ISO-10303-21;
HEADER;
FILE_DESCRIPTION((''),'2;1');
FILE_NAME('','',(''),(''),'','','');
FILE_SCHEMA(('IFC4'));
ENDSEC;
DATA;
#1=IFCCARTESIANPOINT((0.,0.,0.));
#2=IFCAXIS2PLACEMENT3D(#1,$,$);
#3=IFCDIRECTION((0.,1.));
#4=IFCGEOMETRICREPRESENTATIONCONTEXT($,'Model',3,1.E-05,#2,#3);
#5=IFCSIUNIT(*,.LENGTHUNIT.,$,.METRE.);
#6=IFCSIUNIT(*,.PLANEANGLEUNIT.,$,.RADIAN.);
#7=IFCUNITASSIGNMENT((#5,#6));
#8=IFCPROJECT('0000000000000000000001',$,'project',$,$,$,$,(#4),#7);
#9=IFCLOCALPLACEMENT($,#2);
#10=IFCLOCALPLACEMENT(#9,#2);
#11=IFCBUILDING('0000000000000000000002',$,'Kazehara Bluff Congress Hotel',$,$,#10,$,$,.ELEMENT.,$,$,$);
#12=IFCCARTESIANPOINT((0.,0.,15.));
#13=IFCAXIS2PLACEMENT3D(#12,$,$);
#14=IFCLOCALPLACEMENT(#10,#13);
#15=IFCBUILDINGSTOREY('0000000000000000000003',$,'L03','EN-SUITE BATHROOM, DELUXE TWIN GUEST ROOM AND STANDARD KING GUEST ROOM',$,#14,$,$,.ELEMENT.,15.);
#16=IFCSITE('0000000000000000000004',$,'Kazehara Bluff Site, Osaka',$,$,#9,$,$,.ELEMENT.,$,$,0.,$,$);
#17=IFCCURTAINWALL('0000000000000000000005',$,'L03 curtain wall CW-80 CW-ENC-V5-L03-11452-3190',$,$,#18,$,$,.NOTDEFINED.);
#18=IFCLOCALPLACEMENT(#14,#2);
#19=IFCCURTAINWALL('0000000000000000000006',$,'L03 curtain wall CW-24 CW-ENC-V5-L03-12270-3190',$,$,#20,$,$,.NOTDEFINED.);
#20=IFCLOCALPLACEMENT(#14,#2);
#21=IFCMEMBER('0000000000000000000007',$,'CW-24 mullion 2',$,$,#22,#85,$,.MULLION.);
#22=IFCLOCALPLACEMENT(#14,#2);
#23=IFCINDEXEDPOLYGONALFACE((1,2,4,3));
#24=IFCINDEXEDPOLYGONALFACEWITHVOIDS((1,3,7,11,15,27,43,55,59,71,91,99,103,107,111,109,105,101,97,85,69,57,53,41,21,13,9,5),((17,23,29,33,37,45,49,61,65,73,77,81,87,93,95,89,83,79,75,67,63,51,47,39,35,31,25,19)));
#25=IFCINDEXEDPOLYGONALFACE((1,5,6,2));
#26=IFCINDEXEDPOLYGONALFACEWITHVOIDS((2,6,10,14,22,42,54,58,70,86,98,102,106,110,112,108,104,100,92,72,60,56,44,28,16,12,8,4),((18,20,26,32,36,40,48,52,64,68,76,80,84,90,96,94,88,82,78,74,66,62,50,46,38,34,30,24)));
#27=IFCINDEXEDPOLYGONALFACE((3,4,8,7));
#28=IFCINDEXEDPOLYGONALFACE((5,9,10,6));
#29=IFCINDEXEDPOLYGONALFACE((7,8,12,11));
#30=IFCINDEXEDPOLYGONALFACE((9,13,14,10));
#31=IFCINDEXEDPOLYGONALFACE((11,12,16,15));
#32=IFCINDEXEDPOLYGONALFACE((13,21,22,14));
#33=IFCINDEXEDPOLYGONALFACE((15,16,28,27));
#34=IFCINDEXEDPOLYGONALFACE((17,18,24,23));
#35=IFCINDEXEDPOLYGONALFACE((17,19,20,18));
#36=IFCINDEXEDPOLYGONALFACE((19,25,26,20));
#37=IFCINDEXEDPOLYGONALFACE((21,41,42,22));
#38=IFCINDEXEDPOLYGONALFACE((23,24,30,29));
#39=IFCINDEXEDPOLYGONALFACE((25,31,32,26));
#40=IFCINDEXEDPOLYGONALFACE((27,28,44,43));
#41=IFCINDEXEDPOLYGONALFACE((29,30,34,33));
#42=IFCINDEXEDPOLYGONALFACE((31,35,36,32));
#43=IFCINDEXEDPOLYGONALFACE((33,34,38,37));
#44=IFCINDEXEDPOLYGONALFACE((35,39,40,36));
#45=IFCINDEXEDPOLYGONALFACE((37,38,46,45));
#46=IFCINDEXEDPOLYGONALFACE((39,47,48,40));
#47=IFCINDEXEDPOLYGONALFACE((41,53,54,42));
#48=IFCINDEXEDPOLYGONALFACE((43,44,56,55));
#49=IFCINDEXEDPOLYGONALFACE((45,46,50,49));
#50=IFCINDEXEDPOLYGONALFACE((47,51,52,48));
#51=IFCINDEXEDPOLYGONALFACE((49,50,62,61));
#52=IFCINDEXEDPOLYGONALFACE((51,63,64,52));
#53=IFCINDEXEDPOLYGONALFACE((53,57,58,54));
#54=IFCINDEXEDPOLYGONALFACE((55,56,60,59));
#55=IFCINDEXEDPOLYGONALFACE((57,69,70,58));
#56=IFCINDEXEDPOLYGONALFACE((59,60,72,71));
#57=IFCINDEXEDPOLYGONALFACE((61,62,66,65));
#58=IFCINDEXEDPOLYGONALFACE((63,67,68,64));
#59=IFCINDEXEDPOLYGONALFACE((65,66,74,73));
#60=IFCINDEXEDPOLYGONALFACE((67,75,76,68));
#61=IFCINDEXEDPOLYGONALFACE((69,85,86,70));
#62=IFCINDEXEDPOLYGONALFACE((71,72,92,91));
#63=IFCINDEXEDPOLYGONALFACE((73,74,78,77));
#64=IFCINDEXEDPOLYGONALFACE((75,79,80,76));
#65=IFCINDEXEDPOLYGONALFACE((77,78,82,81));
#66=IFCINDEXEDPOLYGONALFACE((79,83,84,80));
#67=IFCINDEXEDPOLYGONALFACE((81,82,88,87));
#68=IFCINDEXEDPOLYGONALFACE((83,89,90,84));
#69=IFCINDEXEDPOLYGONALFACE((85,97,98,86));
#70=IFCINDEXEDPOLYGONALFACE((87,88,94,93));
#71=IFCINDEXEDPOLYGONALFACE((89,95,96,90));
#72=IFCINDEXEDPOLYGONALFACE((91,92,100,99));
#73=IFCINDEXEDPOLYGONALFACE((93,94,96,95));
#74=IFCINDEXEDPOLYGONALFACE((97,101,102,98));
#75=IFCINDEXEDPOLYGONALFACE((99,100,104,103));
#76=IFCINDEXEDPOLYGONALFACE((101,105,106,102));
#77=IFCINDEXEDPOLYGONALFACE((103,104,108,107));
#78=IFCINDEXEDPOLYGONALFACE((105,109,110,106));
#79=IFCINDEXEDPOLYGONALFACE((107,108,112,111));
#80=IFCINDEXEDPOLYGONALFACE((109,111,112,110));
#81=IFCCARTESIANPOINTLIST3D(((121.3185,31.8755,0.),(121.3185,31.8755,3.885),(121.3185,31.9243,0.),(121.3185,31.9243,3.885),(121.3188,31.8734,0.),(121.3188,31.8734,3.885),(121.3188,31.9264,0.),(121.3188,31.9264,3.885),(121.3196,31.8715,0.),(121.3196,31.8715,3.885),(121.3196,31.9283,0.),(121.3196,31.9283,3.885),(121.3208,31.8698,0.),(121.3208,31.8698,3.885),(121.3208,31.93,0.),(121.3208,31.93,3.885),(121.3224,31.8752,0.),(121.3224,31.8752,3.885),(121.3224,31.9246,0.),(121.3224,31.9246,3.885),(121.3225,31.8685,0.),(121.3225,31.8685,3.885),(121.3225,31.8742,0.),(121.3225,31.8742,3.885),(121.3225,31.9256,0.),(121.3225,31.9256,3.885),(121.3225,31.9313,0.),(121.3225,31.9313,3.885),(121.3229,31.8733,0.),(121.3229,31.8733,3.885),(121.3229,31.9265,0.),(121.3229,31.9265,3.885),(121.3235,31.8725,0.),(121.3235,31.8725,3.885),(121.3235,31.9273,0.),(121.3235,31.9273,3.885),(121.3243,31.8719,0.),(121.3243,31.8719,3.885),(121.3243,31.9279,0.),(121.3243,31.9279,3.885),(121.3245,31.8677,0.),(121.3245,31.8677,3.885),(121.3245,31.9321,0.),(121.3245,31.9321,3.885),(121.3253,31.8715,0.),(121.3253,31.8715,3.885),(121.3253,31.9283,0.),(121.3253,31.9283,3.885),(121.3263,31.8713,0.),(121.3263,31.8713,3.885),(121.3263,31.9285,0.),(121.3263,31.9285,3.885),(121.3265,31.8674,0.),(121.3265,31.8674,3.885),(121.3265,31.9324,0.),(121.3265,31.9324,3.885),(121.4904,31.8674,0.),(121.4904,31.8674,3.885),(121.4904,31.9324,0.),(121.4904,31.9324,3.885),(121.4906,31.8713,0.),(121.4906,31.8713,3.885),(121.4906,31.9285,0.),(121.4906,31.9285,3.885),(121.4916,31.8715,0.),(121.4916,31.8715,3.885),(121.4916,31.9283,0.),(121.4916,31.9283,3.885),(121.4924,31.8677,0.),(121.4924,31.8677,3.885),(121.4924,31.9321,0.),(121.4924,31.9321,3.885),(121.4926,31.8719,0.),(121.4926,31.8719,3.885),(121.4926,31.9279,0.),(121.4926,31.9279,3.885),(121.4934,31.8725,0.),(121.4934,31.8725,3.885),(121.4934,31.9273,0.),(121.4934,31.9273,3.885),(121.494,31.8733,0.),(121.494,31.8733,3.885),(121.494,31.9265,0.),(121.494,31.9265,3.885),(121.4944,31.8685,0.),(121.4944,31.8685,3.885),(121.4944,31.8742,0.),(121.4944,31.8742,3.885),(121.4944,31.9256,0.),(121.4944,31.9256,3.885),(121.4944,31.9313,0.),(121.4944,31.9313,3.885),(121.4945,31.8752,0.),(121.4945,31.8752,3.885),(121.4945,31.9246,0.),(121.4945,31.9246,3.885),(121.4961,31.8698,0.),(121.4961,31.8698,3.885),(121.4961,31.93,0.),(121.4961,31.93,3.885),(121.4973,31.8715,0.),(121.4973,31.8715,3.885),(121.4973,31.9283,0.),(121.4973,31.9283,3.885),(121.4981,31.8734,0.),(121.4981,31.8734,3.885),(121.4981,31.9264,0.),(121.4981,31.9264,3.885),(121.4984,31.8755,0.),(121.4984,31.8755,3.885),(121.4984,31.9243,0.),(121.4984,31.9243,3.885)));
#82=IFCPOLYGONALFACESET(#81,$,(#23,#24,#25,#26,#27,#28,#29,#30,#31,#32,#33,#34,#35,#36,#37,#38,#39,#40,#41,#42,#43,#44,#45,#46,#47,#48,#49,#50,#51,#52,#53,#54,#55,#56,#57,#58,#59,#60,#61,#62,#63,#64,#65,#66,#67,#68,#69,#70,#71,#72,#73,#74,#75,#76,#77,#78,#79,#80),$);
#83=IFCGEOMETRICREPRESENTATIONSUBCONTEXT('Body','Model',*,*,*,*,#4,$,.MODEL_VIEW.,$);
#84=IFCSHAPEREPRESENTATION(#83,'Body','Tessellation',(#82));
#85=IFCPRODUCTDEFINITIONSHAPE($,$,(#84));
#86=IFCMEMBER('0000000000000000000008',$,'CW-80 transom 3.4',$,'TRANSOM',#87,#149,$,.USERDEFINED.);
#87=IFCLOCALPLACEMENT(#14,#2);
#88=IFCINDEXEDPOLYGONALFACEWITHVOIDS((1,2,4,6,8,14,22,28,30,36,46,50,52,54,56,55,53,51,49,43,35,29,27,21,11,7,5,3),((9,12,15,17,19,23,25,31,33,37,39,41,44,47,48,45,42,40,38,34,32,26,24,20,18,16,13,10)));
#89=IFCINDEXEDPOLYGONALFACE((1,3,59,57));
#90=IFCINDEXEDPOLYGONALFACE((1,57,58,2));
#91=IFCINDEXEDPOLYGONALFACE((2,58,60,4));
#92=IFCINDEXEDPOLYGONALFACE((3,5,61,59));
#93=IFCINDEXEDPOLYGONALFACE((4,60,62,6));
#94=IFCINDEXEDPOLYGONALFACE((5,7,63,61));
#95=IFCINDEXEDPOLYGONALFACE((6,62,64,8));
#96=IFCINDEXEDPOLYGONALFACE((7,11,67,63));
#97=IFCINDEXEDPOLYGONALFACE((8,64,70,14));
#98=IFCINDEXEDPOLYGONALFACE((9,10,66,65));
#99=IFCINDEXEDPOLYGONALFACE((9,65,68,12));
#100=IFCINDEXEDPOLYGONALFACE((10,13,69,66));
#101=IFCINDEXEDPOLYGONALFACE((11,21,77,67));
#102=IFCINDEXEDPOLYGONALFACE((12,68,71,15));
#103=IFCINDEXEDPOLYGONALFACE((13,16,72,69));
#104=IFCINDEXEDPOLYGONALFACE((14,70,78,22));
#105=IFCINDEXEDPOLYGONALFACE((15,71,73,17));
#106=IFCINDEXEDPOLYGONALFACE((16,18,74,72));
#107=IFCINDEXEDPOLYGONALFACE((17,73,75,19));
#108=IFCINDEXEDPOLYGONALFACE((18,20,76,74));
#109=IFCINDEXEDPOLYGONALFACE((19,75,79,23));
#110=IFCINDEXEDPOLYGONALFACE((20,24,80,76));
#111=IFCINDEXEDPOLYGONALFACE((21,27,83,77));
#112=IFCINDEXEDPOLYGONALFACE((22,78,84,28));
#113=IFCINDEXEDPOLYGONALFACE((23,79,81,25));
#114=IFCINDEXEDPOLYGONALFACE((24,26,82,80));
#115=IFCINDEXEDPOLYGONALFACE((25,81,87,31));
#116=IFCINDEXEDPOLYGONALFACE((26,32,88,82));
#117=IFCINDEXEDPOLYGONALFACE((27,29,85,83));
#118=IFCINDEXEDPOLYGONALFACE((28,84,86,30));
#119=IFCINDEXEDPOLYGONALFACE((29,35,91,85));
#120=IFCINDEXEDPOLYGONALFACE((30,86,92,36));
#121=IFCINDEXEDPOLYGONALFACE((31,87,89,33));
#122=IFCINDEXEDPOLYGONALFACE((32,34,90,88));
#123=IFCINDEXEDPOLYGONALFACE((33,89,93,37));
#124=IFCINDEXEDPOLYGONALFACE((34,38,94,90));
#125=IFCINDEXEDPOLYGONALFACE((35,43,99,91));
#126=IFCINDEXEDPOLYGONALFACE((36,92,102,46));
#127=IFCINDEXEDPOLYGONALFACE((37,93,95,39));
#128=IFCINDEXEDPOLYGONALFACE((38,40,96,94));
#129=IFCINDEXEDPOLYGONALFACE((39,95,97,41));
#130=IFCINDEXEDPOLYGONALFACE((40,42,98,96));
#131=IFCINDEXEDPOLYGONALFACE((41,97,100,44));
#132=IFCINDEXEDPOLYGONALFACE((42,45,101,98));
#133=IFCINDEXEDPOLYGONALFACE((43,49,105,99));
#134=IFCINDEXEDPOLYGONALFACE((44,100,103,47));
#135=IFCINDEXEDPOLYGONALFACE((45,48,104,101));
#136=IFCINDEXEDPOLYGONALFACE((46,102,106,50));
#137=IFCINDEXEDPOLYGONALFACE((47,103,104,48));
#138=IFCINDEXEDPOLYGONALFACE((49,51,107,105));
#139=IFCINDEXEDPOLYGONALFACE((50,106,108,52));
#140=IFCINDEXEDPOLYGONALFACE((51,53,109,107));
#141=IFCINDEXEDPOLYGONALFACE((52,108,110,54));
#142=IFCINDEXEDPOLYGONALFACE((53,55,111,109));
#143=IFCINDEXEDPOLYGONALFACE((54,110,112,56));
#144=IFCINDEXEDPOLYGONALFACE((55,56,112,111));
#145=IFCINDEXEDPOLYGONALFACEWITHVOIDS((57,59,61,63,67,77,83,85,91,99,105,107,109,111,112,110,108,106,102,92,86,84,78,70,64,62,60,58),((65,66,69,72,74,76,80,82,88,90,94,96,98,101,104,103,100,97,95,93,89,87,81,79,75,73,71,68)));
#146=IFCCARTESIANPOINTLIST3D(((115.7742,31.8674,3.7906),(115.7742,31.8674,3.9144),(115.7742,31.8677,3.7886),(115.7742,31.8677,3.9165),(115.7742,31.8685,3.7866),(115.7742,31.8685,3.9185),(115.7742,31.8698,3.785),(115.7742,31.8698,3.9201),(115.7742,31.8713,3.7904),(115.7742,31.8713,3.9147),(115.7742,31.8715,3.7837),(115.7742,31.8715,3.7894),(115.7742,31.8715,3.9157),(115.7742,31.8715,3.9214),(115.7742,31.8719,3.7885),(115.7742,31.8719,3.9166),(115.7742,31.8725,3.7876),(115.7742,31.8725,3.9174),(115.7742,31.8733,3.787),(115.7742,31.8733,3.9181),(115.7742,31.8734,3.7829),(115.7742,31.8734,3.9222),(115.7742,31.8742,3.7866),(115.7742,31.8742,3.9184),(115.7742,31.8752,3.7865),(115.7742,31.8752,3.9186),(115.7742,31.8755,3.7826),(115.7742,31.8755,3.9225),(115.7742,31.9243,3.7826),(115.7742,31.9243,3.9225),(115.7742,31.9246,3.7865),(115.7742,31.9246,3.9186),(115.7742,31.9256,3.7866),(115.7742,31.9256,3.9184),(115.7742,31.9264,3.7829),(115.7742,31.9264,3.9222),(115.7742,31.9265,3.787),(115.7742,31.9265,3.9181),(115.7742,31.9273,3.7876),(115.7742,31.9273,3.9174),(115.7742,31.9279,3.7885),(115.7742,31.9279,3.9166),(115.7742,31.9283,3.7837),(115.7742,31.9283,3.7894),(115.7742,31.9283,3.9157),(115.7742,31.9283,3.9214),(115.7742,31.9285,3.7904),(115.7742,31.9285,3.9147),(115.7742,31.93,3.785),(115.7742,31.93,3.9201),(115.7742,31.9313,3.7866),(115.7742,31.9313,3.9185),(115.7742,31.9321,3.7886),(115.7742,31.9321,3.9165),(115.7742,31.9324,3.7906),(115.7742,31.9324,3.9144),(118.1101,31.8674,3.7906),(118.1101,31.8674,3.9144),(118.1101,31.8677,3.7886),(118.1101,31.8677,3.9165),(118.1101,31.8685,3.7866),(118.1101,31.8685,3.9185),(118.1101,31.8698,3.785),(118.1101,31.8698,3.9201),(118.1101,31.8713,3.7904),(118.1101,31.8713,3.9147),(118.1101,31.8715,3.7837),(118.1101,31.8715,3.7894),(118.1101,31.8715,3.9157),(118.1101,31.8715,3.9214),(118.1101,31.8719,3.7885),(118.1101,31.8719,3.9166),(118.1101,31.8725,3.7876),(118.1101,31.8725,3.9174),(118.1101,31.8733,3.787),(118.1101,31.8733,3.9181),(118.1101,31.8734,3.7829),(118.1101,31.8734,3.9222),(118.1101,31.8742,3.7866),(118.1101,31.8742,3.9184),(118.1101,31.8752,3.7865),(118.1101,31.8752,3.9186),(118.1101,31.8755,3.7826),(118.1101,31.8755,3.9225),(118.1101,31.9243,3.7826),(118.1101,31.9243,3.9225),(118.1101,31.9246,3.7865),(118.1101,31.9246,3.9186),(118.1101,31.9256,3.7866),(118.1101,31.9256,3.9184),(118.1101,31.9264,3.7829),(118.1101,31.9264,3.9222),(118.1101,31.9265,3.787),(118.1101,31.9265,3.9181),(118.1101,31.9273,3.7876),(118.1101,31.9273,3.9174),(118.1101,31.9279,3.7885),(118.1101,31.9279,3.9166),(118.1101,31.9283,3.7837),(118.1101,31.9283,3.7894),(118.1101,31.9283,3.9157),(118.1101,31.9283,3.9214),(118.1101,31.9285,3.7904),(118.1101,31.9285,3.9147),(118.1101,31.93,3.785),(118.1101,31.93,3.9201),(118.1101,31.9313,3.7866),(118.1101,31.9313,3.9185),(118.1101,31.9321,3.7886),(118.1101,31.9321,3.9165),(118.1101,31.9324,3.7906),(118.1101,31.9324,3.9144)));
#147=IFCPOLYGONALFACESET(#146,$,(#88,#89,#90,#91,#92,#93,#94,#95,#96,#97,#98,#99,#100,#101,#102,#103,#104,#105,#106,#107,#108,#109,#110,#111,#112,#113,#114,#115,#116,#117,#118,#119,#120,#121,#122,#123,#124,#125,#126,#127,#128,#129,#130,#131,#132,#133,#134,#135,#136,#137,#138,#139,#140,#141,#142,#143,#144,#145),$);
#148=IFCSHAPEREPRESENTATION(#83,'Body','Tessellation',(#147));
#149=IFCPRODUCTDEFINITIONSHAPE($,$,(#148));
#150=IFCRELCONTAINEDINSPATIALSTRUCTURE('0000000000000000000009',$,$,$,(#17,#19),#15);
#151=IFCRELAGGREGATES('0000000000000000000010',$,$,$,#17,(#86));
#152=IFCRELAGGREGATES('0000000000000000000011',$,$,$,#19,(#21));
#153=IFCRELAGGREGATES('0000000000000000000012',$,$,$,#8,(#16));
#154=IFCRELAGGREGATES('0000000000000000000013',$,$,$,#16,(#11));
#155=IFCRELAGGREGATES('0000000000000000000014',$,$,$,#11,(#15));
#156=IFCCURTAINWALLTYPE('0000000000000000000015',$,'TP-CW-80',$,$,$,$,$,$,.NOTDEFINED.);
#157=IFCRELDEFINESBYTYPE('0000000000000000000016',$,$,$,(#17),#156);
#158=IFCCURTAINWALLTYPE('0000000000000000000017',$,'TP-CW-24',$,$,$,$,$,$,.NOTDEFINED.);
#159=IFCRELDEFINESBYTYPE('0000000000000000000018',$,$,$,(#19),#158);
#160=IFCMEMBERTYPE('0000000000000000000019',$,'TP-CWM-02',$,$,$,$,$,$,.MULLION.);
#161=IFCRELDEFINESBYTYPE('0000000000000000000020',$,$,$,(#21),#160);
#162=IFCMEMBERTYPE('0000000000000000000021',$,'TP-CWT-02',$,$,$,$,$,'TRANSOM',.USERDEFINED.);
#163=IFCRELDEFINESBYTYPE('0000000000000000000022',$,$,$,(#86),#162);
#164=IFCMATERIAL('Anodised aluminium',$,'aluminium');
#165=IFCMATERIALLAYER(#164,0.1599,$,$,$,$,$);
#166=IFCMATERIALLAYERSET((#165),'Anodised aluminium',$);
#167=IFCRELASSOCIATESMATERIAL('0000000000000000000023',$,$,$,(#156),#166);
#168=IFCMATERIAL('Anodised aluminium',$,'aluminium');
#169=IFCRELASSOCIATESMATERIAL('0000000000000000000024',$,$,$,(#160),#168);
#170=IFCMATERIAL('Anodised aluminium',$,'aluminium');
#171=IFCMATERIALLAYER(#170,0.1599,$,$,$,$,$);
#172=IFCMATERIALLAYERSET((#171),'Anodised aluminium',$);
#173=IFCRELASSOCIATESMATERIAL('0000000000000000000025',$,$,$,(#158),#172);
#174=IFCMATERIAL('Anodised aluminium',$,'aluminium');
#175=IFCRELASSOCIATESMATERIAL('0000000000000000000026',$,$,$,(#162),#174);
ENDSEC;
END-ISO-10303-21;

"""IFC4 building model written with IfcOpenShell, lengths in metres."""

from ifc_helpers import new_model, si_unit, direction, frame, origin, origin_2d, place, context, subcontext, project, spatial, hollow_rectangle, extrude, material, layer, layer_set, material_profile, profile_set, type_object, element, aggregate, save


model = new_model("IFC4")

# Units and contexts
model_context = context("Model", 3, precision=1e-05, world=origin(), true_north=direction((0.0, 1.0)))
body_context = subcontext(model_context, "Body", "Model", "MODEL_VIEW")
ifc_project = project(units=[si_unit("LENGTHUNIT", "METRE"), si_unit("PLANEANGLEUNIT", "RADIAN")], contexts=[model_context])

# Site, building, storey
site_placement = place(None, origin())
site = spatial("IfcSite", under=ifc_project, at=site_placement, Name="Kazehara Bluff Site, Osaka", CompositionType="ELEMENT", RefElevation=0.0)
building_placement = place(site_placement, origin())
building = spatial("IfcBuilding", under=site, at=building_placement, Name="Kazehara Bluff Congress Hotel", CompositionType="ELEMENT")
storey_placement = place(building_placement, frame((0.0, 0.0, 15.0)))
storey = spatial("IfcBuildingStorey", under=building, at=storey_placement, Name="L03", Description="EN-SUITE BATHROOM, DELUXE TWIN GUEST ROOM AND STANDARD KING GUEST ROOM", CompositionType="ELEMENT", Elevation=15.0)

# Curtain wall
ifc_material_1 = material(Name="Anodised aluminium", Category="aluminium")
ifc_layer_1 = layer(ifc_material_1, 0.1599)
ifc_layer_set_1 = layer_set([ifc_layer_1], Name="Anodised aluminium")
curtain_wall_type_1 = type_object("IfcCurtainWallType", Name="TP-CW-80", PredefinedType="NOTDEFINED", material=ifc_layer_set_1)
curtain_wall_1_placement = place(storey_placement, origin())
curtain_wall_1 = element("IfcCurtainWall", 1, at=curtain_wall_1_placement, inside=storey, type_object=curtain_wall_type_1, Name="L03 curtain wall CW-80 CW-ENC-V5-L03-11452-3190", PredefinedType="NOTDEFINED")
ifc_material_2 = material(Name="Anodised aluminium", Category="aluminium")
ifc_material_profile_1 = material_profile(ifc_material_2, hollow_rectangle(XDim=0.0649, YDim=0.1799, WallThickness=0.0039, InnerFilletRadius=0.0039, OuterFilletRadius=0.0081, at=origin_2d()))
ifc_profile_set_1 = profile_set([ifc_material_profile_1], Name="Anodised aluminium")
member_type_1 = type_object("IfcMemberType", Name="TP-CWM-02", PredefinedType="MULLION", material=ifc_profile_set_1)

# Curtain wall, member
ifc_material_3 = material(Name="Anodised aluminium", Category="aluminium")
ifc_layer_2 = layer(ifc_material_3, 0.1599)
ifc_layer_set_2 = layer_set([ifc_layer_2], Name="Anodised aluminium")
curtain_wall_type_2 = type_object("IfcCurtainWallType", Name="TP-CW-24", PredefinedType="NOTDEFINED", material=ifc_layer_set_2)
curtain_wall_2_placement = place(storey_placement, origin())
curtain_wall_2 = element("IfcCurtainWall", 2, at=curtain_wall_2_placement, inside=storey, type_object=curtain_wall_type_2, Name="L03 curtain wall CW-24 CW-ENC-V5-L03-12270-3190", PredefinedType="NOTDEFINED")
member_1_placement = place(storey_placement, frame((121.4084, 31.8999, 0.0), z_axis=(0.0, 0.0, 1.0), x_axis=(0.0, 1.0, 0.0)))
member_1 = element("IfcMember", 3, at=member_1_placement, type_object=member_type_1, Name="CW-24 mullion 2", PredefinedType="MULLION", context=body_context, shape_type="SweptSolid", body=[
    extrude(hollow_rectangle(XDim=0.0649, YDim=0.1799, WallThickness=0.0039, InnerFilletRadius=0.0039, OuterFilletRadius=0.0081, at=origin_2d()), origin(), (0.0, 0.0, 1.0), 3.885),
])

# Member
ifc_material_4 = material(Name="Anodised aluminium", Category="aluminium")
ifc_material_profile_2 = material_profile(ifc_material_4, hollow_rectangle(XDim=0.0649, YDim=0.1399, WallThickness=0.0039, InnerFilletRadius=0.0039, OuterFilletRadius=0.0081, at=origin_2d()))
ifc_profile_set_2 = profile_set([ifc_material_profile_2], Name="Anodised aluminium")
member_type_2 = type_object("IfcMemberType", Name="TP-CWT-02", ElementType="TRANSOM", PredefinedType="USERDEFINED", material=ifc_profile_set_2)
member_2_placement = place(storey_placement, frame((115.7742, 31.8999, 3.8525), z_axis=(1.0, 0.0, 0.0), x_axis=(0.0, 1.0, 0.0)))
member_2 = element("IfcMember", 4, at=member_2_placement, type_object=member_type_2, Name="CW-80 transom 3.4", ObjectType="TRANSOM", PredefinedType="USERDEFINED", context=body_context, shape_type="SweptSolid", body=[
    extrude(hollow_rectangle(XDim=0.0649, YDim=0.1399, WallThickness=0.0039, InnerFilletRadius=0.0039, OuterFilletRadius=0.0081, at=origin_2d()), origin(), (0.0, 0.0, 1.0), 2.3359),
])

aggregate(curtain_wall_1, [member_2])
aggregate(curtain_wall_2, [member_1])

save(model, "model.ifc")
